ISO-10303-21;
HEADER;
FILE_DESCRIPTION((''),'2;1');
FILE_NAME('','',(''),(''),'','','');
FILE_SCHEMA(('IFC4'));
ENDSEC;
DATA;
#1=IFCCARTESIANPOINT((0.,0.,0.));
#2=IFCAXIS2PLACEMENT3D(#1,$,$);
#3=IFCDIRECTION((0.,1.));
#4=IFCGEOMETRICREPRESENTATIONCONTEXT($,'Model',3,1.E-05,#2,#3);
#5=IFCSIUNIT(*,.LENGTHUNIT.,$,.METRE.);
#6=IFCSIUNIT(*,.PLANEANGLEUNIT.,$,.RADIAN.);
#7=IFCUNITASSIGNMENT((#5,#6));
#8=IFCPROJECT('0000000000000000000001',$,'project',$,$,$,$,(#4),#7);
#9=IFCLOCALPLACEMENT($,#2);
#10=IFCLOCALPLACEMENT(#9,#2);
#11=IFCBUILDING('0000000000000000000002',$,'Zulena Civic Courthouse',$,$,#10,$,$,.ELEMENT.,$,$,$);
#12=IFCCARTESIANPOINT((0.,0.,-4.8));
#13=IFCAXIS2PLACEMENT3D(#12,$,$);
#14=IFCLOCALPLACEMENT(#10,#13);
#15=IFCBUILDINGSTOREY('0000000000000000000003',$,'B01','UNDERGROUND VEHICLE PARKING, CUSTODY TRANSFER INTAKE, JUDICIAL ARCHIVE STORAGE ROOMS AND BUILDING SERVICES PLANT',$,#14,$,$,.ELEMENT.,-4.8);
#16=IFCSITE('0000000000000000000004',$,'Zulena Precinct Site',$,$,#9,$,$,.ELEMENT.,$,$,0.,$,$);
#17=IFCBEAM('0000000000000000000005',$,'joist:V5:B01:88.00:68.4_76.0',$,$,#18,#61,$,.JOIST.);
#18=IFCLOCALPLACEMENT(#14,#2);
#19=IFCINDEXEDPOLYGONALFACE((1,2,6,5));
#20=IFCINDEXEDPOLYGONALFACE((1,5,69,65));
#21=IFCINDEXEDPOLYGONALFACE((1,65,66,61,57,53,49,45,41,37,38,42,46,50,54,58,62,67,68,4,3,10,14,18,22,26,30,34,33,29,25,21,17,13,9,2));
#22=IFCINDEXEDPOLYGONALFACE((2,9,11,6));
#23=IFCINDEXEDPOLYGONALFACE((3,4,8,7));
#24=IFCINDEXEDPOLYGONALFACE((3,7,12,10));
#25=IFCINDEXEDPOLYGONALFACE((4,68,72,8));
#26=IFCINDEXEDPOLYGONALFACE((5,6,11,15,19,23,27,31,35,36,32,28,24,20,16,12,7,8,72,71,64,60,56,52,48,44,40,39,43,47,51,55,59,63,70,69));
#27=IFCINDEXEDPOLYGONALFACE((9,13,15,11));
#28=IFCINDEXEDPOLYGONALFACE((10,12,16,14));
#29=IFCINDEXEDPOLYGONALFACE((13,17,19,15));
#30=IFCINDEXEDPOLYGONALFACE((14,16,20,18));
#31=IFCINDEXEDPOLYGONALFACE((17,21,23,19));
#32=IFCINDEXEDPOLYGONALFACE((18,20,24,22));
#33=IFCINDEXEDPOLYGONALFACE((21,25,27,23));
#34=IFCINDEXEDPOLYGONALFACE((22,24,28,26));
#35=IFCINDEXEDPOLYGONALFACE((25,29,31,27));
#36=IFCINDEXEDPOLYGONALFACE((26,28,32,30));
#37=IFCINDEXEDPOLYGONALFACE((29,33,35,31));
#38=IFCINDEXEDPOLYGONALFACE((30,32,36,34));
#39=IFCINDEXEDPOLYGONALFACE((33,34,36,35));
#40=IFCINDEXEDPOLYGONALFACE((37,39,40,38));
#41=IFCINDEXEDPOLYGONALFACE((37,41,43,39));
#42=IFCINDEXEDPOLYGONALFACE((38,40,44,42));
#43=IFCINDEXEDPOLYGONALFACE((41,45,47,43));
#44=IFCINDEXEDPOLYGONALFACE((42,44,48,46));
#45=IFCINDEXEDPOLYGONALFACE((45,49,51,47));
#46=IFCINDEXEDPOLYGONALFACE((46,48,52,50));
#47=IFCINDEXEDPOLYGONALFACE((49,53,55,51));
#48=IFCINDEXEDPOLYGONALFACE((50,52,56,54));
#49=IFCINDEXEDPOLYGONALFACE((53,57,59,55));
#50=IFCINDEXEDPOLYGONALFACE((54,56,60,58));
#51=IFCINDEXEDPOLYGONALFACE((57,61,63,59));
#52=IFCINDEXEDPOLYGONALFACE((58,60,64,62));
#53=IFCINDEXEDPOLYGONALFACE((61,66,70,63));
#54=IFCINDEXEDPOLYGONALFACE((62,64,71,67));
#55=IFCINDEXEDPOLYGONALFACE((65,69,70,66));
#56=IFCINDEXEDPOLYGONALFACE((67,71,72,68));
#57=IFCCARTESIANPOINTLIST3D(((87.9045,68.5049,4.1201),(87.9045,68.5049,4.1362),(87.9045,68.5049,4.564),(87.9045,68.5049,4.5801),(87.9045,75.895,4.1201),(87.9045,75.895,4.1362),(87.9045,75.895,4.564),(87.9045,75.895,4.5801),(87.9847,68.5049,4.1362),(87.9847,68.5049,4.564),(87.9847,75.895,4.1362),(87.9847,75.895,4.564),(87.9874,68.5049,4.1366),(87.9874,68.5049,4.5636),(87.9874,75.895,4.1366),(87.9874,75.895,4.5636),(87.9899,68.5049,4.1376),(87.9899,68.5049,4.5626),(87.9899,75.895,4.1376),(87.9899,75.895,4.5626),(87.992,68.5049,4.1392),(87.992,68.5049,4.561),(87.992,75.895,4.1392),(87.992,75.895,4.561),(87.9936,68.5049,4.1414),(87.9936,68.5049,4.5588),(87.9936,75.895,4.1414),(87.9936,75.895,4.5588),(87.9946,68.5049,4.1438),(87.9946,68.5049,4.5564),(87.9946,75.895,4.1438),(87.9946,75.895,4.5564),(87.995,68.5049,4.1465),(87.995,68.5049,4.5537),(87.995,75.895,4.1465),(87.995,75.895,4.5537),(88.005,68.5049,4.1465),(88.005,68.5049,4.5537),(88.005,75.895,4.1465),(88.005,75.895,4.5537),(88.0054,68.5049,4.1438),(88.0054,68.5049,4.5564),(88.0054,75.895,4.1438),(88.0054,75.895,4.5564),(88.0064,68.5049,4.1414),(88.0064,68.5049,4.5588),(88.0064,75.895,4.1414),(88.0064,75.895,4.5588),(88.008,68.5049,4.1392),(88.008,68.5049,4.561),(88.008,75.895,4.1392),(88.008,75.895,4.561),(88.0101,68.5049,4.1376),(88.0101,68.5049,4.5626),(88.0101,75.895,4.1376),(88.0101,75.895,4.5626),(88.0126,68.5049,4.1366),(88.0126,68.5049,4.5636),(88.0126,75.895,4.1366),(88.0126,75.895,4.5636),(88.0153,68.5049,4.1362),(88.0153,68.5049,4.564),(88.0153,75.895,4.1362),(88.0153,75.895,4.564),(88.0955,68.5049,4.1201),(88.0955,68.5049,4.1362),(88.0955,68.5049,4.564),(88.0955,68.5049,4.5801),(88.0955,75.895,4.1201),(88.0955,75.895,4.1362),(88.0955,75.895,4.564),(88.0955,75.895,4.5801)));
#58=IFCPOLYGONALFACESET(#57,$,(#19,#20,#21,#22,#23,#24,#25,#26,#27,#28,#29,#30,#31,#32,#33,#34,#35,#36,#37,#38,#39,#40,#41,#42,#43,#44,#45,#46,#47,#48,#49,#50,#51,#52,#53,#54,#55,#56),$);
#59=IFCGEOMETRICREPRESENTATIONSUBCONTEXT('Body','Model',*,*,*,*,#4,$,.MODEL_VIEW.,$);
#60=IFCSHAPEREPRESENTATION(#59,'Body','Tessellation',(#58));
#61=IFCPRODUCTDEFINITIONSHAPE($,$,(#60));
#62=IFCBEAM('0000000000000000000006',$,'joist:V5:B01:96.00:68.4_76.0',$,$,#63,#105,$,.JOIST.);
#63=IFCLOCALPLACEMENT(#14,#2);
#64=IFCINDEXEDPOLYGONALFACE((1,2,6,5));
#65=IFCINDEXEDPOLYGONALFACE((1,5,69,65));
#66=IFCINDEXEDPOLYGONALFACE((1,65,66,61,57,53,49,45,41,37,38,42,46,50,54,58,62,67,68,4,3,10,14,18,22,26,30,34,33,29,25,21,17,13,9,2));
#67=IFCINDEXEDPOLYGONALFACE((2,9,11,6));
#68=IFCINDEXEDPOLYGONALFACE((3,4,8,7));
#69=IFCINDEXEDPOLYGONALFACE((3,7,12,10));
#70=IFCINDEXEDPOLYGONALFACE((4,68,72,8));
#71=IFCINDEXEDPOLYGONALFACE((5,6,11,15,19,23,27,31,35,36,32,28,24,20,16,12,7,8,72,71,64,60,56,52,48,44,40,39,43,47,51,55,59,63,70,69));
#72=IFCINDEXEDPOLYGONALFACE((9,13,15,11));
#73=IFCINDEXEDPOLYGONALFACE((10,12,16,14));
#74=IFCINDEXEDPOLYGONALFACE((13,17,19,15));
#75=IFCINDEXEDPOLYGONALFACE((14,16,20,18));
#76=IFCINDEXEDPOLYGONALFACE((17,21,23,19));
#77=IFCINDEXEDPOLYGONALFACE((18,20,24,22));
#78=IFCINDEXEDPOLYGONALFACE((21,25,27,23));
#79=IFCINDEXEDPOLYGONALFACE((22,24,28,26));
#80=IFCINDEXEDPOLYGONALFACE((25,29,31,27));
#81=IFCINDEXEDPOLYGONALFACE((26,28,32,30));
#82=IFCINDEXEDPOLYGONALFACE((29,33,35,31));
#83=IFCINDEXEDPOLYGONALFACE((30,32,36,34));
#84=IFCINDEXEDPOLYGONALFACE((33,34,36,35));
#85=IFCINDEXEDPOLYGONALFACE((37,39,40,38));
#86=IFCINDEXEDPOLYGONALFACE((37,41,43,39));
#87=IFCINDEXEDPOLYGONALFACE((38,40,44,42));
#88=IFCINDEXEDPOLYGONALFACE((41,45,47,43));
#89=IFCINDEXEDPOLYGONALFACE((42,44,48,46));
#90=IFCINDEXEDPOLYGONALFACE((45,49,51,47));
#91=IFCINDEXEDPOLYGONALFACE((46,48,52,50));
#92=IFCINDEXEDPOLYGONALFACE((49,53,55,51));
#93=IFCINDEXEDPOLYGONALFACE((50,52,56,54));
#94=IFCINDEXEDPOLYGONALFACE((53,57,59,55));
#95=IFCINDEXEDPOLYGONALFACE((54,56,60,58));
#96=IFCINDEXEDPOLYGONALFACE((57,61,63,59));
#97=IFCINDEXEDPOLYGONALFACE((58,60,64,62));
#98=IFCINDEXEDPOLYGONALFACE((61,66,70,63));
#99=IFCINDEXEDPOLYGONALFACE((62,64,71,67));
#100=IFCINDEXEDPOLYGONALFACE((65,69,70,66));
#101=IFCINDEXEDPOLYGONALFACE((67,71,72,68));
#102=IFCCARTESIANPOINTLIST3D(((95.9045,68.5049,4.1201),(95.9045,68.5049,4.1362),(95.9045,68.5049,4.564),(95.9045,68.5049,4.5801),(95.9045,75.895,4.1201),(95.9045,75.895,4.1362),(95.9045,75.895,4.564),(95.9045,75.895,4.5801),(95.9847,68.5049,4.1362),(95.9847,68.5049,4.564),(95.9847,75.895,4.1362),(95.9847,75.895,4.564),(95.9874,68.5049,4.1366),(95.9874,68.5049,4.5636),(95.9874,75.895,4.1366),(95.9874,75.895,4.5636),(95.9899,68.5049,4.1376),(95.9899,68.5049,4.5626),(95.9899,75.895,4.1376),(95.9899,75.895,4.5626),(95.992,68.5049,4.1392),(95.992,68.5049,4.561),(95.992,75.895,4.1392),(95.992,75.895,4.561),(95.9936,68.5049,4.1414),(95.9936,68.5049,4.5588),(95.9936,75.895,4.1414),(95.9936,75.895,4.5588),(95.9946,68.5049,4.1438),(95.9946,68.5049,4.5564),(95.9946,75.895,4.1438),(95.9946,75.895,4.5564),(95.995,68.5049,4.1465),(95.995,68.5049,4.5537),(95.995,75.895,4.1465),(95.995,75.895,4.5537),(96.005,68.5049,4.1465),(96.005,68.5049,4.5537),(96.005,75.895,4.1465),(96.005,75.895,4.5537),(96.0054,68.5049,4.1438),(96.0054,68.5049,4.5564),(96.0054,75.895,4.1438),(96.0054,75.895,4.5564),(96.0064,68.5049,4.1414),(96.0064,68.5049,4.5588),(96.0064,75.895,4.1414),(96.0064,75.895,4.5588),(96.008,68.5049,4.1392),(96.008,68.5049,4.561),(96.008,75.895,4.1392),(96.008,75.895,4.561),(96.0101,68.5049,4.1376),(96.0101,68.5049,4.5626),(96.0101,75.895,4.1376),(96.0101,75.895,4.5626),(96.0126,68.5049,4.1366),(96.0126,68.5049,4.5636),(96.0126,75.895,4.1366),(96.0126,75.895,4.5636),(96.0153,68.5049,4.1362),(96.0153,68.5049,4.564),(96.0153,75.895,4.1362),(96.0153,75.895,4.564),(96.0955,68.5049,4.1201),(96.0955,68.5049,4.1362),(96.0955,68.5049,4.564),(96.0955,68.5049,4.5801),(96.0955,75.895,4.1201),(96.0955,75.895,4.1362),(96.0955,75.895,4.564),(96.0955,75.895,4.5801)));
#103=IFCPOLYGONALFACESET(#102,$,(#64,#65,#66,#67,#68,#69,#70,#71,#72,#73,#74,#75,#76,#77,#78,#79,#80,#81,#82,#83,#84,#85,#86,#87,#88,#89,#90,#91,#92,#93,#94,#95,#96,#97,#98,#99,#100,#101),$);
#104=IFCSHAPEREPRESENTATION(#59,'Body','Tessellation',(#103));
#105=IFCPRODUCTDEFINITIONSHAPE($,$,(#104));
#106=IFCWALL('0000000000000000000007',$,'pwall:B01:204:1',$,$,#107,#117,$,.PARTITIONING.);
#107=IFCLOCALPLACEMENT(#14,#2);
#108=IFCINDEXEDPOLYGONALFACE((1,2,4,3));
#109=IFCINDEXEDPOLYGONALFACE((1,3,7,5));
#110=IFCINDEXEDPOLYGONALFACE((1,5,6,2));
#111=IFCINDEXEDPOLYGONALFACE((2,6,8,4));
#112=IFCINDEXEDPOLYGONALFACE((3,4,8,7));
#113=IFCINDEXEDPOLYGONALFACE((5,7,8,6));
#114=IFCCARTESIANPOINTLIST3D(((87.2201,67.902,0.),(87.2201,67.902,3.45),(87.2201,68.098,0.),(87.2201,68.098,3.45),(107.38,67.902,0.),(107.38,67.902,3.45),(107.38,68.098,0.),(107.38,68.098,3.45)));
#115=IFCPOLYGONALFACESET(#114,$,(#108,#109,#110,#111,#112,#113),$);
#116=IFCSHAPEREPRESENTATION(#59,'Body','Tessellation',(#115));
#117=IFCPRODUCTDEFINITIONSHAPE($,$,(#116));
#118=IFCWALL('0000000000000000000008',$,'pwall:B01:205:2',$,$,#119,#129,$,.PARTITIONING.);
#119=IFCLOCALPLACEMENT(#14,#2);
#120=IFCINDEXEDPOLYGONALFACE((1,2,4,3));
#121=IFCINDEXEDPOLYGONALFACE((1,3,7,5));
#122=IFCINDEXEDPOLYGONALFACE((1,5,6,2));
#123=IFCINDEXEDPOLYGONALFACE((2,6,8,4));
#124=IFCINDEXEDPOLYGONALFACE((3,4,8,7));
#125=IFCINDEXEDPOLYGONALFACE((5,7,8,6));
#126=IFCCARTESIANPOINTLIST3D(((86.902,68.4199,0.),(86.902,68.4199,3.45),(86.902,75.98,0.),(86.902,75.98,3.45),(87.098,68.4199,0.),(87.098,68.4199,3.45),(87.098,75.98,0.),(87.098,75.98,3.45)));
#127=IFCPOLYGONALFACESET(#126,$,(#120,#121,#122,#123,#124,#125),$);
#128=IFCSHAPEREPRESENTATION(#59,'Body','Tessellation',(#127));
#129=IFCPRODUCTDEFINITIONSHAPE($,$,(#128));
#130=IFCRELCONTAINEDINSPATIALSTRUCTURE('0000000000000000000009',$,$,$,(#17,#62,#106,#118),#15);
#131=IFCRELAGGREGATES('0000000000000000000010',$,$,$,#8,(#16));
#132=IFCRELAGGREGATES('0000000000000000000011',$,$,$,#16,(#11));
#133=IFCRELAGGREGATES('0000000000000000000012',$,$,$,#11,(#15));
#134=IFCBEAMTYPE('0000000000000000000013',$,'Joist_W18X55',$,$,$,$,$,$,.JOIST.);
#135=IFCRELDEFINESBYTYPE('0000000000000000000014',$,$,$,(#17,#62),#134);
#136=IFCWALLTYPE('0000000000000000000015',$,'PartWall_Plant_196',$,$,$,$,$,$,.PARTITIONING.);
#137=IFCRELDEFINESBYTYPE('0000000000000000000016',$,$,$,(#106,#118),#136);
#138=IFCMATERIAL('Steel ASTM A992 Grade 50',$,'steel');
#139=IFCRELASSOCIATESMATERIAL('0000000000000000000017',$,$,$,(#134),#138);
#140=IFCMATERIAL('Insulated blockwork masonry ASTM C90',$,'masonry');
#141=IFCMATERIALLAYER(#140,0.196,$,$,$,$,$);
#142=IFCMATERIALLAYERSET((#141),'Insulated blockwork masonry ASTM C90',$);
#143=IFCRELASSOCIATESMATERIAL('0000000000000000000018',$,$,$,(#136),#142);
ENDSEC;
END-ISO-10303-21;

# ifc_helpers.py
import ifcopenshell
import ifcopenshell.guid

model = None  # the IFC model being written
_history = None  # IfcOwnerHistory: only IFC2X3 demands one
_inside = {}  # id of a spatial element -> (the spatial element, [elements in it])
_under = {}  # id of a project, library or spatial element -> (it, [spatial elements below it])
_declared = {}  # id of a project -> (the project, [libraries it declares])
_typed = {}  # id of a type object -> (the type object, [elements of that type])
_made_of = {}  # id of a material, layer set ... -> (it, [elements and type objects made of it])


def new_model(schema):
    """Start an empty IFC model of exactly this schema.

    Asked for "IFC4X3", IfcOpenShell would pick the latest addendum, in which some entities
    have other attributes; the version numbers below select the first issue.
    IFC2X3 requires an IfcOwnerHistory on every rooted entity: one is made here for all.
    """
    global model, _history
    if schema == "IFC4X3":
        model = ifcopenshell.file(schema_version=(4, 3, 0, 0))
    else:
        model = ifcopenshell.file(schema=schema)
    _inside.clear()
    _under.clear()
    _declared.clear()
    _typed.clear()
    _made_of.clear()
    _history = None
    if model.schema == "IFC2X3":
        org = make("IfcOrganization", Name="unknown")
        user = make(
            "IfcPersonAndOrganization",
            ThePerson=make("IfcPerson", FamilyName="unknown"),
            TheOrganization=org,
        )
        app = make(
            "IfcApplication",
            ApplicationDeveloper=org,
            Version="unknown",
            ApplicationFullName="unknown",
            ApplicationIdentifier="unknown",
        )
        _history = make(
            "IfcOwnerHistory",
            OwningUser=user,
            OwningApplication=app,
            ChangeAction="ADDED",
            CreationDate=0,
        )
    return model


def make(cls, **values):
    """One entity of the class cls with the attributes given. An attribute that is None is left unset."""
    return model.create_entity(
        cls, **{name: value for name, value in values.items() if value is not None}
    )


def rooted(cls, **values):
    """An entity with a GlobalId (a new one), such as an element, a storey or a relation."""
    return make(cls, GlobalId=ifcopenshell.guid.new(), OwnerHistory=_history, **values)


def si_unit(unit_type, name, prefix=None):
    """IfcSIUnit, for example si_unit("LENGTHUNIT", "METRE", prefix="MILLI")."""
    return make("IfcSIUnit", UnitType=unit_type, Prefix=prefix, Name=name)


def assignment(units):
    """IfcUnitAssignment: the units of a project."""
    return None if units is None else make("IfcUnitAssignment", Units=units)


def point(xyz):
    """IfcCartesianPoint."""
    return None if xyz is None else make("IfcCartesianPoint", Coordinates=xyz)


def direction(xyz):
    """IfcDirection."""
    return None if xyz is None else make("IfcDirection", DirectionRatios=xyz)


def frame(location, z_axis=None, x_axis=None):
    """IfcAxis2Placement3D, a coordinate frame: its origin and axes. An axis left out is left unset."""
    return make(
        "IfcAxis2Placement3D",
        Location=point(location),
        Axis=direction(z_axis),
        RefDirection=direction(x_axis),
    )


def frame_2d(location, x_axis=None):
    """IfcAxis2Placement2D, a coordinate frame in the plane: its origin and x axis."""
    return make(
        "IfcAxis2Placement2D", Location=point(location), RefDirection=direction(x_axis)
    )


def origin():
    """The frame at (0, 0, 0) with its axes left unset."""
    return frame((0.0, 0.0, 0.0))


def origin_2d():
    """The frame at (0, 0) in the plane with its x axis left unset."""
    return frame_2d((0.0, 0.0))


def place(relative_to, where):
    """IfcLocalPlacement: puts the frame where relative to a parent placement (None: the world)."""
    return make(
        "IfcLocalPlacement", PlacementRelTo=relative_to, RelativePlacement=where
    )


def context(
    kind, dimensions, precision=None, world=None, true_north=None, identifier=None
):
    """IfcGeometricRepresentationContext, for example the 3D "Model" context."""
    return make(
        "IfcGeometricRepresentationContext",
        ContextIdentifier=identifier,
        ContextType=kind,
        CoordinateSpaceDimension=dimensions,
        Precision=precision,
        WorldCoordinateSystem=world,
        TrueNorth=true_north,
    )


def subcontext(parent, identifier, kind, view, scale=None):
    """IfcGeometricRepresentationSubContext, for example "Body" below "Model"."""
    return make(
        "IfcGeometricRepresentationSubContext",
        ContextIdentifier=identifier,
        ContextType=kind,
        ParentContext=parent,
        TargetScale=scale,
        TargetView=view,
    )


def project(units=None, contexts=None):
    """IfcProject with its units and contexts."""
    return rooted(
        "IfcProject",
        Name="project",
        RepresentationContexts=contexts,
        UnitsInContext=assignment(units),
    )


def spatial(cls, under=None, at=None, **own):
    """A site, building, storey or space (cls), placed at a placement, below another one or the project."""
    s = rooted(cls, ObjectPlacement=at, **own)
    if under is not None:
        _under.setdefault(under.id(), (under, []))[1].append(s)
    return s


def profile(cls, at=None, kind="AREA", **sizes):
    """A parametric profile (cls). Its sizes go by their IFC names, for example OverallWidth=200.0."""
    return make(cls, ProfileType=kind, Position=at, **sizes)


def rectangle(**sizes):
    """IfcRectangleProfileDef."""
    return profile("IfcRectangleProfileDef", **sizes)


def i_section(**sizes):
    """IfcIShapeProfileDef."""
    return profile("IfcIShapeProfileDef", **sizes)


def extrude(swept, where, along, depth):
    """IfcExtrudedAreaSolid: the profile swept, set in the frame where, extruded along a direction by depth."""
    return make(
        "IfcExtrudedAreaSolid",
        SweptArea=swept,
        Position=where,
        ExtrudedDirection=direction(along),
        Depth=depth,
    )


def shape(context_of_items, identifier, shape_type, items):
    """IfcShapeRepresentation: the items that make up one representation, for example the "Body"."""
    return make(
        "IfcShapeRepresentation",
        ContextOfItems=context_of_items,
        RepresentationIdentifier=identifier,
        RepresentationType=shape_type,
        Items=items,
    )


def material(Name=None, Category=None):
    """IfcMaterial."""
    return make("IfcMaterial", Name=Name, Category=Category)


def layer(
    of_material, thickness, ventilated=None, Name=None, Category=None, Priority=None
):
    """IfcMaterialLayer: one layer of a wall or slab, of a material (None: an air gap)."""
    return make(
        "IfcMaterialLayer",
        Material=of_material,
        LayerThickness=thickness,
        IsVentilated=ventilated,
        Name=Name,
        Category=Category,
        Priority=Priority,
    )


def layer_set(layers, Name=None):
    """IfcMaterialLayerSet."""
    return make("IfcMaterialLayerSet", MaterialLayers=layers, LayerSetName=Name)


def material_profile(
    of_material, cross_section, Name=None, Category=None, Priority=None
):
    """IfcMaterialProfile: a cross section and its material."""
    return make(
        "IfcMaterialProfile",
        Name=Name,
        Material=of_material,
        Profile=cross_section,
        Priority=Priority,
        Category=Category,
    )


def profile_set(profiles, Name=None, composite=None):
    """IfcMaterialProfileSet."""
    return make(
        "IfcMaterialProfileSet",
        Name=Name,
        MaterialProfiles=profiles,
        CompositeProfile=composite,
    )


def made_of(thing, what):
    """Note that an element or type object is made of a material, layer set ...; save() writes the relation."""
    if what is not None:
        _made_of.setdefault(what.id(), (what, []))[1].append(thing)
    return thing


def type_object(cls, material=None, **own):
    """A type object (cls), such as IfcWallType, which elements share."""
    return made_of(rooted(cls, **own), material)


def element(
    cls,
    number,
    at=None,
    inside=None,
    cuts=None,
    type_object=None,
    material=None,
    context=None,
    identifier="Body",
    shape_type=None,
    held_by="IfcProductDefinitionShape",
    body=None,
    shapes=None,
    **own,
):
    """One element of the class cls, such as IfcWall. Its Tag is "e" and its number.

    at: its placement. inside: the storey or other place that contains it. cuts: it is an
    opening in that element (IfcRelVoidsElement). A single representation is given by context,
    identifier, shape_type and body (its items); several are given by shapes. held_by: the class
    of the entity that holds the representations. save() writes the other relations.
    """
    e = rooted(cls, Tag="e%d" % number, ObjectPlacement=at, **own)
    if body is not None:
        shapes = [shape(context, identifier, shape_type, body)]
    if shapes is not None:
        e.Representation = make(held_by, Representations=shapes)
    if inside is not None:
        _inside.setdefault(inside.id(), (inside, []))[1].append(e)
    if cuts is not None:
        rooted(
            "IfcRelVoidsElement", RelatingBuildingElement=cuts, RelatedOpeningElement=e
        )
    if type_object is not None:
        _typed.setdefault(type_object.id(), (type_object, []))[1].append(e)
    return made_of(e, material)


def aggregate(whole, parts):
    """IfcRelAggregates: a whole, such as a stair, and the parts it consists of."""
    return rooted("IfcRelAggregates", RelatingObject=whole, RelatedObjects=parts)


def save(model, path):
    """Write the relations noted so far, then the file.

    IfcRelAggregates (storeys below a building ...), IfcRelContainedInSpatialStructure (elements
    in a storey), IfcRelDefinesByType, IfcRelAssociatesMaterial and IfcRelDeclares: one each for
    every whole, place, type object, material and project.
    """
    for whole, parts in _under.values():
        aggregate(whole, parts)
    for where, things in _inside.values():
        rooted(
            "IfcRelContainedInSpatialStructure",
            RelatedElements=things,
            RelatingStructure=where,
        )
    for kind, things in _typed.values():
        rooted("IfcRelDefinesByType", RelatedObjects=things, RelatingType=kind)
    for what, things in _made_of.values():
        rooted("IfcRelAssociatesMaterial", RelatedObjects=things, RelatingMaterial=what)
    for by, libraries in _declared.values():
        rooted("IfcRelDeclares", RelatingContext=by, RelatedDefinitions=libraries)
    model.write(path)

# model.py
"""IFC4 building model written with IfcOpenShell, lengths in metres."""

from ifc_helpers import new_model, si_unit, direction, frame, frame_2d, origin, origin_2d, place, context, subcontext, project, spatial, rectangle, i_section, extrude, material, layer, layer_set, material_profile, profile_set, type_object, element, save


model = new_model("IFC4")

# Units and contexts
model_context = context("Model", 3, precision=1e-05, world=origin(), true_north=direction((0.0, 1.0)))
body_context = subcontext(model_context, "Body", "Model", "MODEL_VIEW")
ifc_project = project(units=[si_unit("LENGTHUNIT", "METRE"), si_unit("PLANEANGLEUNIT", "RADIAN")], contexts=[model_context])

# Site, building, storey
site_placement = place(None, origin())
site = spatial("IfcSite", under=ifc_project, at=site_placement, Name="Zulena Precinct Site", CompositionType="ELEMENT", RefElevation=0.0)
building_placement = place(site_placement, origin())
building = spatial("IfcBuilding", under=site, at=building_placement, Name="Zulena Civic Courthouse", CompositionType="ELEMENT")
storey_placement = place(building_placement, frame((0.0, 0.0, -4.8)))
storey = spatial("IfcBuildingStorey", under=building, at=storey_placement, Name="B01", Description="UNDERGROUND VEHICLE PARKING, CUSTODY TRANSFER INTAKE, JUDICIAL ARCHIVE STORAGE ROOMS AND BUILDING SERVICES PLANT", CompositionType="ELEMENT", Elevation=-4.8)

# Shared definitions
ifc_material_1 = material(Name="Steel ASTM A992 Grade 50", Category="steel")

# Beams
ifc_material_profile_1 = material_profile(ifc_material_1, i_section(OverallWidth=0.1909, OverallDepth=0.46, WebThickness=0.01, FlangeThickness=0.0161, FilletRadius=0.0103, at=origin_2d()), Name="W18X55")
ifc_profile_set_1 = profile_set([ifc_material_profile_1], Name="Steel ASTM A992 Grade 50")
beam_type_1 = type_object("IfcBeamType", Name="Joist_W18X55", PredefinedType="JOIST", material=ifc_profile_set_1)
for number, where, z_axis, x_axis, name in (
    (1, (88.0, 68.5049, 4.3501), (0.0, 1.0, 0.0), (-1.0, 0.0, 0.0), "joist:V5:B01:88.00:68.4_76.0"),
    (2, (96.0, 68.5049, 4.3501), (0.0, 1.0, 0.0), (-1.0, 0.0, 0.0), "joist:V5:B01:96.00:68.4_76.0"),
):
    element("IfcBeam", number, at=place(storey_placement, frame(where, z_axis=z_axis, x_axis=x_axis)), inside=storey, type_object=beam_type_1, Name=name, PredefinedType="JOIST", context=body_context, shape_type="SweptSolid", body=[
        extrude(i_section(OverallWidth=0.1909, OverallDepth=0.46, WebThickness=0.01, FlangeThickness=0.0161, FilletRadius=0.0103, at=origin_2d()), origin(), (0.0, 0.0, 1.0), 7.3901),
    ])

# Walls
ifc_material_2 = material(Name="Insulated blockwork masonry ASTM C90", Category="masonry")
ifc_layer = layer(ifc_material_2, 0.196)
ifc_layer_set = layer_set([ifc_layer], Name="Insulated blockwork masonry ASTM C90")
wall_type = type_object("IfcWallType", Name="PartWall_Plant_196", PredefinedType="PARTITIONING", material=ifc_layer_set)
wall_1_placement = place(storey_placement, frame((87.22, 68.0, 0.0), z_axis=(0.0, 0.0, 1.0), x_axis=(1.0, 0.0, 0.0)))
element("IfcWall", 3, at=wall_1_placement, inside=storey, type_object=wall_type, Name="pwall:B01:204:1", PredefinedType="PARTITIONING", context=body_context, shape_type="SweptSolid", body=[
    extrude(rectangle(XDim=20.1599, YDim=0.196, at=frame_2d((10.0801, 0.0))), origin(), (0.0, 0.0, 1.0), 3.45),
])
wall_2_placement = place(storey_placement, frame((87.0, 68.4199, 0.0), z_axis=(0.0, 0.0, 1.0), x_axis=(0.0, 1.0, 0.0)))
element("IfcWall", 4, at=wall_2_placement, inside=storey, type_object=wall_type, Name="pwall:B01:205:2", PredefinedType="PARTITIONING", context=body_context, shape_type="SweptSolid", body=[
    extrude(rectangle(XDim=7.5601, YDim=0.196, at=frame_2d((3.78, 0.0))), origin(), (0.0, 0.0, 1.0), 3.45),
])

save(model, "model.ifc")
